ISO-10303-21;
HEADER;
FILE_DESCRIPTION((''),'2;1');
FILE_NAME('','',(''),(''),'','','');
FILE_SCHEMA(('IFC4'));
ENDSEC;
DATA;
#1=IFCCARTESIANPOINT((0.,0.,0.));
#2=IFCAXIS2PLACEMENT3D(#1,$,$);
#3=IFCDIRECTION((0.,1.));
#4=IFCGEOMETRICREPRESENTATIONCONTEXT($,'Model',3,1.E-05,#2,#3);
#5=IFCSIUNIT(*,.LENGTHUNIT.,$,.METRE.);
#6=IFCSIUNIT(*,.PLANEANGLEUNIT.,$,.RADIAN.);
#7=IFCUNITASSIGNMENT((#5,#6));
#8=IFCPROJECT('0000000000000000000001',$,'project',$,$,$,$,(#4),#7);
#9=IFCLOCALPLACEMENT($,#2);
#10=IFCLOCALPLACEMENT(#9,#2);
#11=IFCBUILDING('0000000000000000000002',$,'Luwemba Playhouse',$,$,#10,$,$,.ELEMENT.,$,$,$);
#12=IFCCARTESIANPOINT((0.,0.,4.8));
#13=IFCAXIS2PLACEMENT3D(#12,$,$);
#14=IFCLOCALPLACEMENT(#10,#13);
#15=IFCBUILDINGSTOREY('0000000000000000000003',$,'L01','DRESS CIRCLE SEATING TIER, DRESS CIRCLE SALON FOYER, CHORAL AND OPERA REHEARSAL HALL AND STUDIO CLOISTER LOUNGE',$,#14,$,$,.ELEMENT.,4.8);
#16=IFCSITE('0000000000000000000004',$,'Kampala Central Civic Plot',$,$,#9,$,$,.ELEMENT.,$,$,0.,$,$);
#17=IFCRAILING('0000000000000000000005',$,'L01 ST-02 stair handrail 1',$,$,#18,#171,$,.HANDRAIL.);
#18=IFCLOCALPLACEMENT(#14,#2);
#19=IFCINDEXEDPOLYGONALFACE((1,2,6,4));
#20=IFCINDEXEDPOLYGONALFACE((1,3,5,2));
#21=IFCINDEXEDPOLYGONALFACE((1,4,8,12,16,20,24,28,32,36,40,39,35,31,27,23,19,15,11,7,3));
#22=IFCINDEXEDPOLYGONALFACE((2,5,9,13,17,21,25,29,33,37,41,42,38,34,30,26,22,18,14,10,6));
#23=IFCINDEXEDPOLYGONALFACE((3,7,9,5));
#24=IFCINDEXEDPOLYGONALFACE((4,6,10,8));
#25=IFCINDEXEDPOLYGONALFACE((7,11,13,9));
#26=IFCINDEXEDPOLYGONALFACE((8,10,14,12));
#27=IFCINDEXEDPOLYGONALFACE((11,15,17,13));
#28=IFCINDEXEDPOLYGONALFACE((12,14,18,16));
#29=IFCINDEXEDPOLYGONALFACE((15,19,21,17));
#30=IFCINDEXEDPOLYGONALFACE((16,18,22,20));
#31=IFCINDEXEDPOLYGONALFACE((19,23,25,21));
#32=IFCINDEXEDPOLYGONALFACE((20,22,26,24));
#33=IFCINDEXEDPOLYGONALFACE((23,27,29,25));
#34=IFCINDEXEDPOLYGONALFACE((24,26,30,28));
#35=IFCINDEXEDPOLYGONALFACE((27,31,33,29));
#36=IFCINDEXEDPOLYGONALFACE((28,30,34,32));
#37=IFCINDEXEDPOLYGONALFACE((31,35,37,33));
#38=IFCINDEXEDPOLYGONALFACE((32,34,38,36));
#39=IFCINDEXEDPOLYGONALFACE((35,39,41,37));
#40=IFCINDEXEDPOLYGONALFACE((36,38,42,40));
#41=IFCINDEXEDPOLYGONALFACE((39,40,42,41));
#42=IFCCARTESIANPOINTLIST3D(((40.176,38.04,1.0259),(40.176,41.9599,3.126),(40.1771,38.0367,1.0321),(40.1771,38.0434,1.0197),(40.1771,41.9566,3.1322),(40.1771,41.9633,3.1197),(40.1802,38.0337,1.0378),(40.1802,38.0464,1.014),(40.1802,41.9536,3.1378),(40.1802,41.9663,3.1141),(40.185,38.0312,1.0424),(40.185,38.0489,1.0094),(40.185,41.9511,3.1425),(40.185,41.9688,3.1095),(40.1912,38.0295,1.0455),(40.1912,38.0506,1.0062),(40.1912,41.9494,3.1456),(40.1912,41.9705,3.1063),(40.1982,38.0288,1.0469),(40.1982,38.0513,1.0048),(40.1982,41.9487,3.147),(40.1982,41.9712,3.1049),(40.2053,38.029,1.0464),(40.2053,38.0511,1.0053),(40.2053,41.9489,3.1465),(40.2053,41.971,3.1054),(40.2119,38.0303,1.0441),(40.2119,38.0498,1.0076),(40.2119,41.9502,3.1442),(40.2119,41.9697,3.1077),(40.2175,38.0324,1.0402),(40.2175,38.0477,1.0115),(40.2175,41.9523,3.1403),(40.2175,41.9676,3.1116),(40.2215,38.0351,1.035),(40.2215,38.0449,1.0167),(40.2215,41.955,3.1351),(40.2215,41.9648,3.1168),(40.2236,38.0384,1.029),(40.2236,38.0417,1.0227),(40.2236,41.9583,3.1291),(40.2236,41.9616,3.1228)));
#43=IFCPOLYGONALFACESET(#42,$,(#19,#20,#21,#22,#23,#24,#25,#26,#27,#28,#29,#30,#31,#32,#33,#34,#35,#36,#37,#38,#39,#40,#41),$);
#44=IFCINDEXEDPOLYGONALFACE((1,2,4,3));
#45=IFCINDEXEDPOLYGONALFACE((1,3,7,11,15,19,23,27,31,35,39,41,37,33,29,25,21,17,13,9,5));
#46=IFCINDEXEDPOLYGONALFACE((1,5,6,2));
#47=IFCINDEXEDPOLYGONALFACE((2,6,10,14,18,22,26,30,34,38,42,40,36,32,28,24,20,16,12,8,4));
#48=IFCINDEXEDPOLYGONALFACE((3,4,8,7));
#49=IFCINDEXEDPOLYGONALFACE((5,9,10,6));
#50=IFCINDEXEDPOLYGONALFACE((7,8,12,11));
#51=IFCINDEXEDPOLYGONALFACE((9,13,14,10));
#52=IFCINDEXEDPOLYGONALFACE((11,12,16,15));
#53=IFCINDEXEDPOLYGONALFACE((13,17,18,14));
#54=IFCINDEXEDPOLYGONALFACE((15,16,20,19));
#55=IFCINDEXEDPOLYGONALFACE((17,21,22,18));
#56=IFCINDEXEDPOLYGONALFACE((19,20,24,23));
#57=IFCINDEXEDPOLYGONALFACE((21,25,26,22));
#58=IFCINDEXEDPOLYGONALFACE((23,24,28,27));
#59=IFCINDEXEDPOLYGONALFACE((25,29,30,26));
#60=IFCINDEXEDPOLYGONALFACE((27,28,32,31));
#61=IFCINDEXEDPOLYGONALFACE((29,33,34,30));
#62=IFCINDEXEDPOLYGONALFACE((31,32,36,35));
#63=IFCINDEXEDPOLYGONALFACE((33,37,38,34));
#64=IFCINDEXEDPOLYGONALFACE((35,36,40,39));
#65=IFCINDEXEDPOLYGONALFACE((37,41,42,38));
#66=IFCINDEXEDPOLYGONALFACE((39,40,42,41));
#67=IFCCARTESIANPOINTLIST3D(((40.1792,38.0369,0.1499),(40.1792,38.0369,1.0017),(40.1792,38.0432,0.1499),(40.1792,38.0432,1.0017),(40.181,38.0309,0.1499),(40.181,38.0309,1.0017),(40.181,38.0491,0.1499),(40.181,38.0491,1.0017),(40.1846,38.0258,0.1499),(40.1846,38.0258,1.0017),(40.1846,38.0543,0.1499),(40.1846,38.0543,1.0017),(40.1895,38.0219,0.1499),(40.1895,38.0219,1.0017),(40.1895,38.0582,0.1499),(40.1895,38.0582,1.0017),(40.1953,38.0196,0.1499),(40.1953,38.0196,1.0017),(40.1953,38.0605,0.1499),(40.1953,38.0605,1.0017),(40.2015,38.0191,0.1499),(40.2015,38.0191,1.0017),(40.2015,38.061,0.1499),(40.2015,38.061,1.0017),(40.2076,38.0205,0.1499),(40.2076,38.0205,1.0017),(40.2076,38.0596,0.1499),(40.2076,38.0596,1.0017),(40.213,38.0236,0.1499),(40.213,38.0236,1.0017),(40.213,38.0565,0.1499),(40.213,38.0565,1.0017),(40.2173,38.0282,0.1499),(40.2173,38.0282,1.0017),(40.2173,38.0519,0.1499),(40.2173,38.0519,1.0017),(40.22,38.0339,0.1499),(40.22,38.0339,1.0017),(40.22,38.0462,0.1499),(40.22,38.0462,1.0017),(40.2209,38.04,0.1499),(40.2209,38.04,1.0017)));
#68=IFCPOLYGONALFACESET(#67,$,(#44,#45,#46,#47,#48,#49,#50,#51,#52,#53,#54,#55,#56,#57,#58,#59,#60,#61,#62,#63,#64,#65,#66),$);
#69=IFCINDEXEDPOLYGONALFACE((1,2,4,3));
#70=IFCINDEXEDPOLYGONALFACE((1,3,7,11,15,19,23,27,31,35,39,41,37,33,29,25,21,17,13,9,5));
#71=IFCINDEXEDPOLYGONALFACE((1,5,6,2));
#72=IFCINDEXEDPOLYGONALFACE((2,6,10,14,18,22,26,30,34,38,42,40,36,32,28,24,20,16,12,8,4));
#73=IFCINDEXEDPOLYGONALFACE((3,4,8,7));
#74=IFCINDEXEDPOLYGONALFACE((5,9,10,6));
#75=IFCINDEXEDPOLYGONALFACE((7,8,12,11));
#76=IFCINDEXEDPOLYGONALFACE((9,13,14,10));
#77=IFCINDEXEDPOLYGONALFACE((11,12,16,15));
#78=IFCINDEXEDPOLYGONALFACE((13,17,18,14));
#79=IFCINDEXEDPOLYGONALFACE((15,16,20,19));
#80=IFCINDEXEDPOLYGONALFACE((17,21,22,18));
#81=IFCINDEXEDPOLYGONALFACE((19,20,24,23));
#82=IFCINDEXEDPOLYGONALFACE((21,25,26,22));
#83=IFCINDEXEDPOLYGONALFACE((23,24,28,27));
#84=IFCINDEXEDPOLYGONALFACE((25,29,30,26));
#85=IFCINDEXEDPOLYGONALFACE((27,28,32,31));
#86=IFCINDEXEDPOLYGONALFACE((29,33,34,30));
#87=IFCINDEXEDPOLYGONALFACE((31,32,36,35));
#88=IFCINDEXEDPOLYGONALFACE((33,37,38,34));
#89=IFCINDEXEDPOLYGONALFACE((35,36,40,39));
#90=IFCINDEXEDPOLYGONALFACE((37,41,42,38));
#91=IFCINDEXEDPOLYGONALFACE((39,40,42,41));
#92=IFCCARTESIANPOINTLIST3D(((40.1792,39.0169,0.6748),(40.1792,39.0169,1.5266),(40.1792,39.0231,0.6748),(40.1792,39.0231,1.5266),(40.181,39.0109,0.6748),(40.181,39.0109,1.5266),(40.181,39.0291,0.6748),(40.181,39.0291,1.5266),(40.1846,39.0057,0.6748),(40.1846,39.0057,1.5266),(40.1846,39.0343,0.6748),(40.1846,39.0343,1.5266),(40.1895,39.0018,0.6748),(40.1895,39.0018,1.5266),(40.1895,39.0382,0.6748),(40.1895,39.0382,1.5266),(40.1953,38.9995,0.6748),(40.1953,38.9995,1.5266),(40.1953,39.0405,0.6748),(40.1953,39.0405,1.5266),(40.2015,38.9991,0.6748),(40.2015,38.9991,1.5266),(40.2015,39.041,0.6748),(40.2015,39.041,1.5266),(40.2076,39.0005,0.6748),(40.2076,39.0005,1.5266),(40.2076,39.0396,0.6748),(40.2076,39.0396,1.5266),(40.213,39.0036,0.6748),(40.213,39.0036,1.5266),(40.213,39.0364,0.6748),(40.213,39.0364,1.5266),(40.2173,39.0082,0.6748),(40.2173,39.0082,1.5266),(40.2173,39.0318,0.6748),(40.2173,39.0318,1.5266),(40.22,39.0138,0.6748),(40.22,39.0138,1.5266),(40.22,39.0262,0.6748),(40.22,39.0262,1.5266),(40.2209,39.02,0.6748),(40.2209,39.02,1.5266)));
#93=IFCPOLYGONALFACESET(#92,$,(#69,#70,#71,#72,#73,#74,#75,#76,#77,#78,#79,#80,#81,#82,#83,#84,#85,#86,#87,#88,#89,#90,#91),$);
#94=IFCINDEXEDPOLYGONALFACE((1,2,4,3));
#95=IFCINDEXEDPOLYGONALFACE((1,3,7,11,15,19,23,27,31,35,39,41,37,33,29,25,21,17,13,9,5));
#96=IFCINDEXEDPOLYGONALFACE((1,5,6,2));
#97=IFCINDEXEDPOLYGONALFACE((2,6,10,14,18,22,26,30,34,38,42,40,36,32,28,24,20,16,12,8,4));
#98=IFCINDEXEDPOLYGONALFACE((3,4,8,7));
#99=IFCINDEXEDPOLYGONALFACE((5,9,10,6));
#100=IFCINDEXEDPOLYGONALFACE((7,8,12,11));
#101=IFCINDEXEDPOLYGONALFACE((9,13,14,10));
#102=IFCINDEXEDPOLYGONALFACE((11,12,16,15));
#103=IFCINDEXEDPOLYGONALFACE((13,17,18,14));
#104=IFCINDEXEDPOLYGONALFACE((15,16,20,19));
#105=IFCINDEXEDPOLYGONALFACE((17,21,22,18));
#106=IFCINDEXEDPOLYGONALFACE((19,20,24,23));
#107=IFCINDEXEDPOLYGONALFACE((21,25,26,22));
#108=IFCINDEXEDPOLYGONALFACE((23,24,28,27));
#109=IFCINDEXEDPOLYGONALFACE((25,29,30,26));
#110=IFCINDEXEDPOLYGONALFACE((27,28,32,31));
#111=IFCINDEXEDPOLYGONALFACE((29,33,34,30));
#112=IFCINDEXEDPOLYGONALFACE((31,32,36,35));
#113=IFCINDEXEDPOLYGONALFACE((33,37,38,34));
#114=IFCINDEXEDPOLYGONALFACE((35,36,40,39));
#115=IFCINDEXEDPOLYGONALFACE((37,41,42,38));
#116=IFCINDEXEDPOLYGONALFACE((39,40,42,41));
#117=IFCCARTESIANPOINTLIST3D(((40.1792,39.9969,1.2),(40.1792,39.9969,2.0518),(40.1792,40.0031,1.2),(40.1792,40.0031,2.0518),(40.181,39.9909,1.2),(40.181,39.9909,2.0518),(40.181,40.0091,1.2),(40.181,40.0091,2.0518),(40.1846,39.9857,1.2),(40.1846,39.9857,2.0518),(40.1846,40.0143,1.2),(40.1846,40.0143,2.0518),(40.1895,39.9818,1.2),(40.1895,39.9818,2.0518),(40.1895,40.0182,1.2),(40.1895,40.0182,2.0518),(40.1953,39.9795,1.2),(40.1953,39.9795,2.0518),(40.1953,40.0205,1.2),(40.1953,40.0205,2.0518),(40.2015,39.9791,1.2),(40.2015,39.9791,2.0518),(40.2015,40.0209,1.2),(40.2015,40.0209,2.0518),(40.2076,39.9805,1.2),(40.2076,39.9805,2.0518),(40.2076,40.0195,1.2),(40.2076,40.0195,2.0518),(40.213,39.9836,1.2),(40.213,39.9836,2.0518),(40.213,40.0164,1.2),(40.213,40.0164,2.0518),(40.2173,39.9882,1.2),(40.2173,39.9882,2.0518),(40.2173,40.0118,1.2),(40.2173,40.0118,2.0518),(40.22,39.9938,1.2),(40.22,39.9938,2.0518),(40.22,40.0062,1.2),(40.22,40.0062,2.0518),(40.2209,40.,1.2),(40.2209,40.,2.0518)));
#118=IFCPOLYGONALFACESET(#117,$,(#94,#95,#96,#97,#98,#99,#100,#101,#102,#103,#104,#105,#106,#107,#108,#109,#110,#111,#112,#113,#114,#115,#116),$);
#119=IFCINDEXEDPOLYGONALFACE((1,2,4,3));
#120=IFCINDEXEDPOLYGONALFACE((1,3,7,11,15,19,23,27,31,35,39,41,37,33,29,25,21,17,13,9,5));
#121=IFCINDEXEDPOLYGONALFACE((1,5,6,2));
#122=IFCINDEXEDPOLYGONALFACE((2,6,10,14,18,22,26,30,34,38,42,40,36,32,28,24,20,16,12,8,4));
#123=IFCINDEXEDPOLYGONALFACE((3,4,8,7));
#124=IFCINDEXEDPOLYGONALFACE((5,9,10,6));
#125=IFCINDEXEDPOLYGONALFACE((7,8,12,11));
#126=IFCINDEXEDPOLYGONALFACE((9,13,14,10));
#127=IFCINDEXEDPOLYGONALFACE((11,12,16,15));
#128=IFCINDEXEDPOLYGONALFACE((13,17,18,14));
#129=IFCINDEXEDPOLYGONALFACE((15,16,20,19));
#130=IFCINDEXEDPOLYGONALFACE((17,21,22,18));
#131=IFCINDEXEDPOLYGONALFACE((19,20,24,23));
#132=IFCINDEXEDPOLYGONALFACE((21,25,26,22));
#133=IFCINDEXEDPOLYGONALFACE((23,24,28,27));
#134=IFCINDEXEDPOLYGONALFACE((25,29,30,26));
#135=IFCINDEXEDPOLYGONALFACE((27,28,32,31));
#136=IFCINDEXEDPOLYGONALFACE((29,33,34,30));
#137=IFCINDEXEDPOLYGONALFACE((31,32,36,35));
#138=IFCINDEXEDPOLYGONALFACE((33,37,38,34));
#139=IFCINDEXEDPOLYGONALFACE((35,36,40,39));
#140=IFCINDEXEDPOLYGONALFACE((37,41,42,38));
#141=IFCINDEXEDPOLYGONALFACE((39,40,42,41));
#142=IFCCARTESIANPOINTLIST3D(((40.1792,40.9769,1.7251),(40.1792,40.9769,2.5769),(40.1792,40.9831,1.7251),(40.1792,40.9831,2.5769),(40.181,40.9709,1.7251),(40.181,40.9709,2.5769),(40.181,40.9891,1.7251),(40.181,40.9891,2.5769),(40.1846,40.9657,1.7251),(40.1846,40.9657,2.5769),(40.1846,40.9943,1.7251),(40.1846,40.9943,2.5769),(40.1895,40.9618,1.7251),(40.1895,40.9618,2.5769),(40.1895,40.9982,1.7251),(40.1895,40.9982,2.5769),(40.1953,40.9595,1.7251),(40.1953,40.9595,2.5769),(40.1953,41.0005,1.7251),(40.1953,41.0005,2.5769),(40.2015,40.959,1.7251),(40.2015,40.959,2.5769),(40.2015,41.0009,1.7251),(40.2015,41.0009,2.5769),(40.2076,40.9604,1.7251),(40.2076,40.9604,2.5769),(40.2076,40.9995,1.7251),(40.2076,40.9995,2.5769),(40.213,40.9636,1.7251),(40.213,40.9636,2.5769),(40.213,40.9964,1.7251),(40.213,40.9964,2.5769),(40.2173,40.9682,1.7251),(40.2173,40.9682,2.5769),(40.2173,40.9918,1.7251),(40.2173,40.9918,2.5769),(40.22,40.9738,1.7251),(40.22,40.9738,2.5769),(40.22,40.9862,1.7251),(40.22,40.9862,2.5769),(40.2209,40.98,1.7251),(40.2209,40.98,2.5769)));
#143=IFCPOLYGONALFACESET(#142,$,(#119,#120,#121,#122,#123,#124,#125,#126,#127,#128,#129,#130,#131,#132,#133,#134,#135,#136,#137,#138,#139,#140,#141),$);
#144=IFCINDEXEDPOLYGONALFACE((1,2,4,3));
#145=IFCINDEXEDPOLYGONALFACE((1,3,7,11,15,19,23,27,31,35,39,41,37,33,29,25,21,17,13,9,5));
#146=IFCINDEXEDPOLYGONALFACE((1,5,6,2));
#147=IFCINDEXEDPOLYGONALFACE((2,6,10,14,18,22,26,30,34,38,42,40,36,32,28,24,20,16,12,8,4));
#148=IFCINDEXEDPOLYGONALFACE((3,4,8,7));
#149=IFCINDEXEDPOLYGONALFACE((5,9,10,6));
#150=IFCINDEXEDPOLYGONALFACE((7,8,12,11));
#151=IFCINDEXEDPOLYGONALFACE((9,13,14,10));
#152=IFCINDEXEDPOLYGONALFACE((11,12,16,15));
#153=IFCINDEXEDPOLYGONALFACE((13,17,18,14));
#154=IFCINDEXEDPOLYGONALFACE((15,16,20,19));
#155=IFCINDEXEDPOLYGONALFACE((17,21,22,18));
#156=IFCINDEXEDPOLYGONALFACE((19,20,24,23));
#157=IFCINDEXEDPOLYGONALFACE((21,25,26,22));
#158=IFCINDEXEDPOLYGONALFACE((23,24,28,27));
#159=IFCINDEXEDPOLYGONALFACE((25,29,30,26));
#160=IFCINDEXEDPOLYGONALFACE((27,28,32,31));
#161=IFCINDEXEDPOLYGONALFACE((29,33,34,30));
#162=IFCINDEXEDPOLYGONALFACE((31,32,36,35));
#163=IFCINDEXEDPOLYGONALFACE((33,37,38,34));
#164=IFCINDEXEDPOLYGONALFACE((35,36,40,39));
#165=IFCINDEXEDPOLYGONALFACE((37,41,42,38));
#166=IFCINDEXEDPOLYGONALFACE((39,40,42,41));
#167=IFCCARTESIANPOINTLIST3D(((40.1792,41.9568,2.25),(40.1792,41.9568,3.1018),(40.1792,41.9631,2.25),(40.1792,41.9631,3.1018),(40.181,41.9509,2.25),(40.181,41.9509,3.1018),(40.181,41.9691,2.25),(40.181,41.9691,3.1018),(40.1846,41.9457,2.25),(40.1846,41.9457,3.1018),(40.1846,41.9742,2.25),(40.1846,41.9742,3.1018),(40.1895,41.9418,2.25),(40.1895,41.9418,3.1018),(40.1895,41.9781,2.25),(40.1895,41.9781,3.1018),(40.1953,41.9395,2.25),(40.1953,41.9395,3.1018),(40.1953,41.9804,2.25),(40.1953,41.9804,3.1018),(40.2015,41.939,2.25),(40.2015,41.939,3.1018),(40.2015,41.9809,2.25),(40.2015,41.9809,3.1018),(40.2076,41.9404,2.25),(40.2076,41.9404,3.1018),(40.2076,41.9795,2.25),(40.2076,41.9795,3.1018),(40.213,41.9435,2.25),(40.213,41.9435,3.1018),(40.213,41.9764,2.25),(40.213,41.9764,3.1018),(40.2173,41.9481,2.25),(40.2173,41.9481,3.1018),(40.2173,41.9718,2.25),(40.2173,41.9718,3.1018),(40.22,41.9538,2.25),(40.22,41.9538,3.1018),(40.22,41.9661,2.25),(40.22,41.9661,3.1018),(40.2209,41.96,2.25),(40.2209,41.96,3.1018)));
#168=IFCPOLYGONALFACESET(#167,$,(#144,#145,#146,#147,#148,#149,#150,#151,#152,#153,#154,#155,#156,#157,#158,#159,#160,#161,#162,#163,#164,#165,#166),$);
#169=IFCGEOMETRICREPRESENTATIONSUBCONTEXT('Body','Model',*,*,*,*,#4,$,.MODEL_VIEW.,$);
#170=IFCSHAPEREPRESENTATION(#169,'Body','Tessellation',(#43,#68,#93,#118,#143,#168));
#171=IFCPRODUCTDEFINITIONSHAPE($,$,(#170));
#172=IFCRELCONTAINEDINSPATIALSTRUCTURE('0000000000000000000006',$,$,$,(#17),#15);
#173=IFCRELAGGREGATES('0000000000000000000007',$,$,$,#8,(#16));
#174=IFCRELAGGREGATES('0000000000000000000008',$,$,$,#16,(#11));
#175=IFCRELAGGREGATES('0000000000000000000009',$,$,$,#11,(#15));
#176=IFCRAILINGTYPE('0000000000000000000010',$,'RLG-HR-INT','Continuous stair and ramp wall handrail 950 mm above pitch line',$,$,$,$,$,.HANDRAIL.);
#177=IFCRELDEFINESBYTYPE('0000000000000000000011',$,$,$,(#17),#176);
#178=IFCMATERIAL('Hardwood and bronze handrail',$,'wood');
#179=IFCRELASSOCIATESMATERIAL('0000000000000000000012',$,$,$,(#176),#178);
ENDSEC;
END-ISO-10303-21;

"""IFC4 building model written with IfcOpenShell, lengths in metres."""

from ifc_helpers import new_model, si_unit, direction, frame, origin, origin_2d, place, context, subcontext, project, spatial, circle, extrude, material, type_object, element, save


model = new_model("IFC4")

# Units and contexts
model_context = context("Model", 3, precision=1e-05, world=origin(), true_north=direction((0.0, 1.0)))
body_context = subcontext(model_context, "Body", "Model", "MODEL_VIEW")
ifc_project = project(units=[si_unit("LENGTHUNIT", "METRE"), si_unit("PLANEANGLEUNIT", "RADIAN")], contexts=[model_context])

# Site, building, storey
site_placement = place(None, origin())
site = spatial("IfcSite", under=ifc_project, at=site_placement, Name="Kampala Central Civic Plot", CompositionType="ELEMENT", RefElevation=0.0)
building_placement = place(site_placement, origin())
building = spatial("IfcBuilding", under=site, at=building_placement, Name="Luwemba Playhouse", CompositionType="ELEMENT")
storey_placement = place(building_placement, frame((0.0, 0.0, 4.8)))
storey = spatial("IfcBuildingStorey", under=building, at=storey_placement, Name="L01", Description="DRESS CIRCLE SEATING TIER, DRESS CIRCLE SALON FOYER, CHORAL AND OPERA REHEARSAL HALL AND STUDIO CLOISTER LOUNGE", CompositionType="ELEMENT", Elevation=4.8)

# Railing
ifc_material_1 = material(Name="Hardwood and bronze handrail", Category="wood")
railing_type_1 = type_object("IfcRailingType", Name="RLG-HR-INT", Description="Continuous stair and ramp wall handrail 950 mm above pitch line", PredefinedType="HANDRAIL", material=ifc_material_1)
railing_1_placement = place(storey_placement, frame((40.2, 38.04, 0.1499)))
element("IfcRailing", 1, at=railing_1_placement, inside=storey, type_object=railing_type_1, Name="L01 ST-02 stair handrail 1", PredefinedType="HANDRAIL", context=body_context, shape_type="SweptSolid", body=[
    extrude(circle(Radius=0.0239, at=origin_2d()), frame((0.0, 0.0, 0.876), z_axis=(0.0, 0.881467, 0.472246), x_axis=(-1.0, 0.0, 0.0)), (0.0, 0.0, 1.0), 4.447),
    extrude(circle(Radius=0.021, at=origin_2d()), origin(), (0.0, 0.0, 1.0), 0.8518),
    extrude(circle(Radius=0.021, at=origin_2d()), frame((0.0, 0.98, 0.5249)), (0.0, 0.0, 1.0), 0.8518),
    extrude(circle(Radius=0.021, at=origin_2d()), frame((0.0, 1.96, 1.05)), (0.0, 0.0, 1.0), 0.8518),
    extrude(circle(Radius=0.021, at=origin_2d()), frame((0.0, 2.9399, 1.5752)), (0.0, 0.0, 1.0), 0.8518),
    extrude(circle(Radius=0.021, at=origin_2d()), frame((0.0, 3.9199, 2.1001)), (0.0, 0.0, 1.0), 0.8518),
])

save(model, "model.ifc")
